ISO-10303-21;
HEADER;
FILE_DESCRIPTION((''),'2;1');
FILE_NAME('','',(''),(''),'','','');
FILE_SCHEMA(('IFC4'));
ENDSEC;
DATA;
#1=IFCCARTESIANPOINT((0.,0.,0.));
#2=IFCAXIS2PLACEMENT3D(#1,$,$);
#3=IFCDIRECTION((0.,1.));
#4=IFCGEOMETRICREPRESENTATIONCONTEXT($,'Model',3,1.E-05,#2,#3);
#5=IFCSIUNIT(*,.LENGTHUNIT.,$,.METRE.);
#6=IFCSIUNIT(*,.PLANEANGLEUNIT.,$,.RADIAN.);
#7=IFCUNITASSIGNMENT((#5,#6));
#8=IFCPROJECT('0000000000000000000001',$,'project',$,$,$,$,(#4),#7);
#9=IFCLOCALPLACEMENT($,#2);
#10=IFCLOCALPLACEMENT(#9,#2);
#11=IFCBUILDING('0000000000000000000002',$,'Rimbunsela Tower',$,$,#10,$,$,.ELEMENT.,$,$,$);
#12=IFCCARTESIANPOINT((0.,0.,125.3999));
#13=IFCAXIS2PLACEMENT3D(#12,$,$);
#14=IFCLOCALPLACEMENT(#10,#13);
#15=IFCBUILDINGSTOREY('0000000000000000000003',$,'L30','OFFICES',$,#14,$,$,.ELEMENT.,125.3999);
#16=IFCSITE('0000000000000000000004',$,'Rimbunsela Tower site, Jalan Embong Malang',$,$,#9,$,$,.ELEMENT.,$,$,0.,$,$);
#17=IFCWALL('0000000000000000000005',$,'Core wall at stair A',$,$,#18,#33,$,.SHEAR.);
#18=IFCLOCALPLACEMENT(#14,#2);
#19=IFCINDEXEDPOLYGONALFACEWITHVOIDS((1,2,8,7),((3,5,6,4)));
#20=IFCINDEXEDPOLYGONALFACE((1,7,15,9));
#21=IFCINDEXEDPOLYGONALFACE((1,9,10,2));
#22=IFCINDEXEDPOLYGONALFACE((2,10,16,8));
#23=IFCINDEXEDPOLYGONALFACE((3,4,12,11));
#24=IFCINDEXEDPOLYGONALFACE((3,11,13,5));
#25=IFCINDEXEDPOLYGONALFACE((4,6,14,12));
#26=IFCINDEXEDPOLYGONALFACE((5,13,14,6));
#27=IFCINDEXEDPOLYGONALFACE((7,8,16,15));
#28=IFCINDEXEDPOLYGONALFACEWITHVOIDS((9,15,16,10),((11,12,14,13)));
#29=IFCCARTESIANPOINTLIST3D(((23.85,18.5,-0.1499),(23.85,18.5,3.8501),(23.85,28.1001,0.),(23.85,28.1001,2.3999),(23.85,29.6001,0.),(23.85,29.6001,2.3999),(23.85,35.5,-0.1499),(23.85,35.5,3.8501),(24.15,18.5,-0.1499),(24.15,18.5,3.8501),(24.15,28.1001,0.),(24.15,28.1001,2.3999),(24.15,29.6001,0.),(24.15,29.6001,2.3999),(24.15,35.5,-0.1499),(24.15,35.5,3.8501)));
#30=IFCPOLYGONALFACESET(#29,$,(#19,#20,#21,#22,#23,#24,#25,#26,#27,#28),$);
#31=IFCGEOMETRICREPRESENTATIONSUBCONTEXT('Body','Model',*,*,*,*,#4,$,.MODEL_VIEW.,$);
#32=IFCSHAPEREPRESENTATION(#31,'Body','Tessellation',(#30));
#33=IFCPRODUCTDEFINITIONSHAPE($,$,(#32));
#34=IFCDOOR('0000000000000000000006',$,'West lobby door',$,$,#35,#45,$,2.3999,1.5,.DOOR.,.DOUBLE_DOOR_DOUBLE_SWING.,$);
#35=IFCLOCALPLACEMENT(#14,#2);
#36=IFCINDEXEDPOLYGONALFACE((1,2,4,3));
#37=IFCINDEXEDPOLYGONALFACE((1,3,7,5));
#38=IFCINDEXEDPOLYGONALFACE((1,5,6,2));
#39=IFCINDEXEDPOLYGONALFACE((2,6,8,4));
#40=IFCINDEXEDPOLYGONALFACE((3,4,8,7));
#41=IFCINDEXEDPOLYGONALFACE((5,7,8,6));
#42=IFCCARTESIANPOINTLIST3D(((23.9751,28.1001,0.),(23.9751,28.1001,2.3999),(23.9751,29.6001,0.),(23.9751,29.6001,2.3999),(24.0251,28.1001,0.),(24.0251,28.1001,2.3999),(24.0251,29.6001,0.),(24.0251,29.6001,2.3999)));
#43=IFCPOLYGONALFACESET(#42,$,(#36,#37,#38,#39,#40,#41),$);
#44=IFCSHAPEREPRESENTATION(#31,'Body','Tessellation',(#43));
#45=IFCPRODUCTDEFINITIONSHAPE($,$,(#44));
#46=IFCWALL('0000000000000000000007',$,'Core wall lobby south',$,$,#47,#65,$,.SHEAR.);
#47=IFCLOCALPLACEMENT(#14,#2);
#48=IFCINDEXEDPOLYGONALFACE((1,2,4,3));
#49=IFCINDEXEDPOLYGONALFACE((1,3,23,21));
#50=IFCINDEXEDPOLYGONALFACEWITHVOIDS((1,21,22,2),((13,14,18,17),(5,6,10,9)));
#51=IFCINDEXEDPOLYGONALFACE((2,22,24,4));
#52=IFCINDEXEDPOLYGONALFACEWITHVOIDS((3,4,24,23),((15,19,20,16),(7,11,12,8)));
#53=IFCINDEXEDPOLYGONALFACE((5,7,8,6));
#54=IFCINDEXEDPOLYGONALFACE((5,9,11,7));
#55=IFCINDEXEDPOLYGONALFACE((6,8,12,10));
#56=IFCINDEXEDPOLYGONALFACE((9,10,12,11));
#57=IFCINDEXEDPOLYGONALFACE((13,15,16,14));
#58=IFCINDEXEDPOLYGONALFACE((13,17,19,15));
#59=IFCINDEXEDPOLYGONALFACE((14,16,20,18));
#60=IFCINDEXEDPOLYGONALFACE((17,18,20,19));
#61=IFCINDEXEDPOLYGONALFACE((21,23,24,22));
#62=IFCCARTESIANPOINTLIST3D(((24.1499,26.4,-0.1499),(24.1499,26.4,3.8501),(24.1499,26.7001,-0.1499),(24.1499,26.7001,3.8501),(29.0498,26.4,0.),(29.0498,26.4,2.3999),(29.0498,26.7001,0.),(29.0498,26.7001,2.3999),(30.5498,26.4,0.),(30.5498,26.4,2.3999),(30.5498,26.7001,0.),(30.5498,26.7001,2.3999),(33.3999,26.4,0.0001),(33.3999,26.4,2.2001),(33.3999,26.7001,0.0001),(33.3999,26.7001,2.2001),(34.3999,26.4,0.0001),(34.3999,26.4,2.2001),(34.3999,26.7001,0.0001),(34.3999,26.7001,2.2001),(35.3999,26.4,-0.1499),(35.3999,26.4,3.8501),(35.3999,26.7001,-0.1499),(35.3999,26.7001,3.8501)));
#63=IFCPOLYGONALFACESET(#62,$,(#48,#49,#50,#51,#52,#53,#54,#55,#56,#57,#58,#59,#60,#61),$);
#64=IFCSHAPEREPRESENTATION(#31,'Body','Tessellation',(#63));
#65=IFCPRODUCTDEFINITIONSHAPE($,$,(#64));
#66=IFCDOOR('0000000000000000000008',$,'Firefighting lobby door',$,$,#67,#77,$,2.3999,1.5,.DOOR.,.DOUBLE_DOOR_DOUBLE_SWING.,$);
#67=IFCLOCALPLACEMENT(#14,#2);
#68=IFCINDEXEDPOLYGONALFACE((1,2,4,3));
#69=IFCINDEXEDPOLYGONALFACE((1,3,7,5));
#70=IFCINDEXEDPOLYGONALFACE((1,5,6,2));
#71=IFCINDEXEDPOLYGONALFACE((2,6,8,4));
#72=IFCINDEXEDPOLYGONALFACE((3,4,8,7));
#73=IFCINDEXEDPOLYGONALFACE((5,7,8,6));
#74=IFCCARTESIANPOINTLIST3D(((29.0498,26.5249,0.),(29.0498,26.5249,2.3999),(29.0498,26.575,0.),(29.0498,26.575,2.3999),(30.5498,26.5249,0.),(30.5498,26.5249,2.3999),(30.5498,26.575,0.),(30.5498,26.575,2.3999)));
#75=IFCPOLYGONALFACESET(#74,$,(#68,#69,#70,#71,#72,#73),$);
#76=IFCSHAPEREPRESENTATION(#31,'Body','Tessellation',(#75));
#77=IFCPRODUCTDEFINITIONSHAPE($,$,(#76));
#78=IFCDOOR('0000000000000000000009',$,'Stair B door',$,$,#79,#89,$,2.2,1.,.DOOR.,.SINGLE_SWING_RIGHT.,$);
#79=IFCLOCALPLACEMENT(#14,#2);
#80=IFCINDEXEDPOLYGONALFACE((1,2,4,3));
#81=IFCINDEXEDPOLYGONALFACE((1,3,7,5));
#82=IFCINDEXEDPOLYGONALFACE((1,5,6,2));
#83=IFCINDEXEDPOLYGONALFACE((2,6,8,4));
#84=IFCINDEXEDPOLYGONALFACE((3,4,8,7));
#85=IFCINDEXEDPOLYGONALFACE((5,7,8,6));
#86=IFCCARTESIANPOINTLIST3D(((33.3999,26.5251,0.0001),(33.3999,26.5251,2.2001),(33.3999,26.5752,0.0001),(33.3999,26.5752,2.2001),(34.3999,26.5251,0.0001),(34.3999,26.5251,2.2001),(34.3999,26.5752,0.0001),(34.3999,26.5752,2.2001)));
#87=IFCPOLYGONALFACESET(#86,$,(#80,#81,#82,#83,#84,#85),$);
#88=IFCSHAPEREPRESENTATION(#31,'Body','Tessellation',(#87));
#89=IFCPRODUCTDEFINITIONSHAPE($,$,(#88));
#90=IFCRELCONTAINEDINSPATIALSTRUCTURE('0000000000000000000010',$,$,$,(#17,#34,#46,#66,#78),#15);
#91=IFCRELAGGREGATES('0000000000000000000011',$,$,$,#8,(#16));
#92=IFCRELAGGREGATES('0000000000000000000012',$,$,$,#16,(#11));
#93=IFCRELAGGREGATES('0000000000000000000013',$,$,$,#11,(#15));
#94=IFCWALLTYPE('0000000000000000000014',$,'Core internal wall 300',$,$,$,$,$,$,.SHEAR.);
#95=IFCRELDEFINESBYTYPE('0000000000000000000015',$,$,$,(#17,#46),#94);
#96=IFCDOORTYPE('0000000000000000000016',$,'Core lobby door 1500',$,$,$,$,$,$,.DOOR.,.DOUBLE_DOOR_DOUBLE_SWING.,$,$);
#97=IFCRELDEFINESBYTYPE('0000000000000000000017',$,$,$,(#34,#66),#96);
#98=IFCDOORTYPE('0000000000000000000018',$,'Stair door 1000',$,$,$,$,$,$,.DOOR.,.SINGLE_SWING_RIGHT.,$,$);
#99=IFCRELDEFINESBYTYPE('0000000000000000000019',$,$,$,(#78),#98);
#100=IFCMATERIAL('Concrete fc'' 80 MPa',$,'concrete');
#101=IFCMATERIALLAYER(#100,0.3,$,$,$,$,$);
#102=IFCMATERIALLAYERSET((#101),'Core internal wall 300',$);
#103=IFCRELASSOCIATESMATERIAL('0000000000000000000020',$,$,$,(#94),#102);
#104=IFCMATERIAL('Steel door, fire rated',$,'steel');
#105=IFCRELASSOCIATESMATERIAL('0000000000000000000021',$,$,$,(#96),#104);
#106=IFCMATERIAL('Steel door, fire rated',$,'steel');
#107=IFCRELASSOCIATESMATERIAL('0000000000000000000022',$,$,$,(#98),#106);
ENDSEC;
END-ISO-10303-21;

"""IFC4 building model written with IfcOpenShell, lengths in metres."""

from ifc_helpers import new_model, si_unit, direction, frame, frame_2d, origin, place, context, subcontext, project, spatial, rectangle, extrude, material, layer, layer_set, type_object, element, fill, save


model = new_model("IFC4")

# Units and contexts
model_context = context("Model", 3, precision=1e-05, world=origin(), true_north=direction((0.0, 1.0)))
body_context = subcontext(model_context, "Body", "Model", "MODEL_VIEW")
ifc_project = project(units=[si_unit("LENGTHUNIT", "METRE"), si_unit("PLANEANGLEUNIT", "RADIAN")], contexts=[model_context])

# Site, building, storey
site_placement = place(None, origin())
site = spatial("IfcSite", under=ifc_project, at=site_placement, Name="Rimbunsela Tower site, Jalan Embong Malang", CompositionType="ELEMENT", RefElevation=0.0)
building_placement = place(site_placement, origin())
building = spatial("IfcBuilding", under=site, at=building_placement, Name="Rimbunsela Tower", CompositionType="ELEMENT")
storey_placement = place(building_placement, frame((0.0, 0.0, 125.3999)))
storey = spatial("IfcBuildingStorey", under=building, at=storey_placement, Name="L30", Description="OFFICES", CompositionType="ELEMENT", Elevation=125.3999)

# Wall, opening, door
ifc_material_1 = material(Name="Concrete fc' 80 MPa", Category="concrete")
ifc_layer_1 = layer(ifc_material_1, 0.3)
ifc_layer_set_1 = layer_set([ifc_layer_1], Name="Core internal wall 300")
wall_type_1 = type_object("IfcWallType", Name="Core internal wall 300", PredefinedType="SHEAR", material=ifc_layer_set_1)
wall_1_placement = place(storey_placement, frame((24.0, 18.5, -0.1499), z_axis=(0.0, 0.0, 1.0), x_axis=(0.0, 1.0, 0.0)))
wall_1 = element("IfcWall", 1, at=wall_1_placement, inside=storey, type_object=wall_type_1, Name="Core wall at stair A", PredefinedType="SHEAR", context=body_context, shape_type="SweptSolid", body=[
    extrude(rectangle(XDim=17.0, YDim=0.3, at=frame_2d((8.5, 0.0))), origin(), (0.0, 0.0, 1.0), 4.0),
])
opening_1_placement = place(wall_1_placement, frame((9.6001, 0.0, 0.1499)))
opening_1 = element("IfcOpeningElement", 2, at=opening_1_placement, cuts=wall_1, PredefinedType="OPENING", context=body_context, shape_type="SweptSolid", body=[
    extrude(rectangle(XDim=1.5, YDim=2.3999, at=frame_2d((0.75, 1.2))), frame((0.0, 0.1599, 0.0), z_axis=(0.0, -1.0, 0.0), x_axis=(1.0, 0.0, 0.0)), (0.0, 0.0, 1.0), 0.3201),
])
ifc_material_2 = material(Name="Steel door, fire rated", Category="steel")
door_type_1 = type_object("IfcDoorType", Name="Core lobby door 1500", OperationType="DOUBLE_DOOR_DOUBLE_SWING", PredefinedType="DOOR", material=ifc_material_2)
door_1_placement = place(opening_1_placement, origin())
door_1 = element("IfcDoor", 3, at=door_1_placement, inside=storey, type_object=door_type_1, Name="West lobby door", OperationType="DOUBLE_DOOR_DOUBLE_SWING", OverallHeight=2.3999, OverallWidth=1.5, PredefinedType="DOOR", context=body_context, shape_type="SweptSolid", body=[
    extrude(rectangle(XDim=1.5, YDim=2.3999, at=frame_2d((0.75, 1.2))), frame((0.0, 0.0249, 0.0), z_axis=(0.0, -1.0, 0.0), x_axis=(1.0, 0.0, 0.0)), (0.0, 0.0, 1.0), 0.05),
])
fill(opening_1, door_1)

# Wall, openings, doors
wall_2_placement = place(storey_placement, frame((24.1499, 26.55, -0.1499), z_axis=(0.0, 0.0, 1.0), x_axis=(1.0, 0.0, 0.0)))
wall_2 = element("IfcWall", 4, at=wall_2_placement, inside=storey, type_object=wall_type_1, Name="Core wall lobby south", PredefinedType="SHEAR", context=body_context, shape_type="SweptSolid", body=[
    extrude(rectangle(XDim=11.25, YDim=0.3, at=frame_2d((5.625, 0.0))), origin(), (0.0, 0.0, 1.0), 4.0),
])
opening_2_placement = place(wall_2_placement, frame((9.25, 0.0, 0.1499)))
opening_2 = element("IfcOpeningElement", 5, at=opening_2_placement, cuts=wall_2, PredefinedType="OPENING", context=body_context, shape_type="SweptSolid", body=[
    extrude(rectangle(XDim=1.0, YDim=2.2, at=frame_2d((0.5, 1.1001))), frame((0.0, 0.1599, 0.0), z_axis=(0.0, -1.0, 0.0), x_axis=(1.0, 0.0, 0.0)), (0.0, 0.0, 1.0), 0.3201),
])
opening_3_placement = place(wall_2_placement, frame((4.8999, 0.0, 0.1499)))
opening_3 = element("IfcOpeningElement", 6, at=opening_3_placement, cuts=wall_2, PredefinedType="OPENING", context=body_context, shape_type="SweptSolid", body=[
    extrude(rectangle(XDim=1.5, YDim=2.3999, at=frame_2d((0.75, 1.2))), frame((0.0, 0.1599, 0.0), z_axis=(0.0, -1.0, 0.0), x_axis=(1.0, 0.0, 0.0)), (0.0, 0.0, 1.0), 0.3201),
])
door_2_placement = place(opening_3_placement, origin())
door_2 = element("IfcDoor", 7, at=door_2_placement, inside=storey, type_object=door_type_1, Name="Firefighting lobby door", OperationType="DOUBLE_DOOR_DOUBLE_SWING", OverallHeight=2.3999, OverallWidth=1.5, PredefinedType="DOOR", context=body_context, shape_type="SweptSolid", body=[
    extrude(rectangle(XDim=1.5, YDim=2.3999, at=frame_2d((0.75, 1.2))), frame((0.0, 0.0249, 0.0), z_axis=(0.0, -1.0, 0.0), x_axis=(1.0, 0.0, 0.0)), (0.0, 0.0, 1.0), 0.05),
])
fill(opening_3, door_2)
ifc_material_3 = material(Name="Steel door, fire rated", Category="steel")
door_type_2 = type_object("IfcDoorType", Name="Stair door 1000", OperationType="SINGLE_SWING_RIGHT", PredefinedType="DOOR", material=ifc_material_3)
door_3_placement = place(opening_2_placement, frame((1.0, 0.0, 0.0), z_axis=(0.0, 0.0, 1.0), x_axis=(-1.0, 0.0, 0.0)))
door_3 = element("IfcDoor", 8, at=door_3_placement, inside=storey, type_object=door_type_2, Name="Stair B door", OperationType="SINGLE_SWING_RIGHT", OverallHeight=2.2, OverallWidth=1.0, PredefinedType="DOOR", context=body_context, shape_type="SweptSolid", body=[
    extrude(rectangle(XDim=1.0, YDim=2.2, at=frame_2d((0.5, 1.1001))), frame((0.0, 0.0249, 0.0), z_axis=(0.0, -1.0, 0.0), x_axis=(1.0, 0.0, 0.0)), (0.0, 0.0, 1.0), 0.05),
])
fill(opening_2, door_3)

save(model, "model.ifc")
